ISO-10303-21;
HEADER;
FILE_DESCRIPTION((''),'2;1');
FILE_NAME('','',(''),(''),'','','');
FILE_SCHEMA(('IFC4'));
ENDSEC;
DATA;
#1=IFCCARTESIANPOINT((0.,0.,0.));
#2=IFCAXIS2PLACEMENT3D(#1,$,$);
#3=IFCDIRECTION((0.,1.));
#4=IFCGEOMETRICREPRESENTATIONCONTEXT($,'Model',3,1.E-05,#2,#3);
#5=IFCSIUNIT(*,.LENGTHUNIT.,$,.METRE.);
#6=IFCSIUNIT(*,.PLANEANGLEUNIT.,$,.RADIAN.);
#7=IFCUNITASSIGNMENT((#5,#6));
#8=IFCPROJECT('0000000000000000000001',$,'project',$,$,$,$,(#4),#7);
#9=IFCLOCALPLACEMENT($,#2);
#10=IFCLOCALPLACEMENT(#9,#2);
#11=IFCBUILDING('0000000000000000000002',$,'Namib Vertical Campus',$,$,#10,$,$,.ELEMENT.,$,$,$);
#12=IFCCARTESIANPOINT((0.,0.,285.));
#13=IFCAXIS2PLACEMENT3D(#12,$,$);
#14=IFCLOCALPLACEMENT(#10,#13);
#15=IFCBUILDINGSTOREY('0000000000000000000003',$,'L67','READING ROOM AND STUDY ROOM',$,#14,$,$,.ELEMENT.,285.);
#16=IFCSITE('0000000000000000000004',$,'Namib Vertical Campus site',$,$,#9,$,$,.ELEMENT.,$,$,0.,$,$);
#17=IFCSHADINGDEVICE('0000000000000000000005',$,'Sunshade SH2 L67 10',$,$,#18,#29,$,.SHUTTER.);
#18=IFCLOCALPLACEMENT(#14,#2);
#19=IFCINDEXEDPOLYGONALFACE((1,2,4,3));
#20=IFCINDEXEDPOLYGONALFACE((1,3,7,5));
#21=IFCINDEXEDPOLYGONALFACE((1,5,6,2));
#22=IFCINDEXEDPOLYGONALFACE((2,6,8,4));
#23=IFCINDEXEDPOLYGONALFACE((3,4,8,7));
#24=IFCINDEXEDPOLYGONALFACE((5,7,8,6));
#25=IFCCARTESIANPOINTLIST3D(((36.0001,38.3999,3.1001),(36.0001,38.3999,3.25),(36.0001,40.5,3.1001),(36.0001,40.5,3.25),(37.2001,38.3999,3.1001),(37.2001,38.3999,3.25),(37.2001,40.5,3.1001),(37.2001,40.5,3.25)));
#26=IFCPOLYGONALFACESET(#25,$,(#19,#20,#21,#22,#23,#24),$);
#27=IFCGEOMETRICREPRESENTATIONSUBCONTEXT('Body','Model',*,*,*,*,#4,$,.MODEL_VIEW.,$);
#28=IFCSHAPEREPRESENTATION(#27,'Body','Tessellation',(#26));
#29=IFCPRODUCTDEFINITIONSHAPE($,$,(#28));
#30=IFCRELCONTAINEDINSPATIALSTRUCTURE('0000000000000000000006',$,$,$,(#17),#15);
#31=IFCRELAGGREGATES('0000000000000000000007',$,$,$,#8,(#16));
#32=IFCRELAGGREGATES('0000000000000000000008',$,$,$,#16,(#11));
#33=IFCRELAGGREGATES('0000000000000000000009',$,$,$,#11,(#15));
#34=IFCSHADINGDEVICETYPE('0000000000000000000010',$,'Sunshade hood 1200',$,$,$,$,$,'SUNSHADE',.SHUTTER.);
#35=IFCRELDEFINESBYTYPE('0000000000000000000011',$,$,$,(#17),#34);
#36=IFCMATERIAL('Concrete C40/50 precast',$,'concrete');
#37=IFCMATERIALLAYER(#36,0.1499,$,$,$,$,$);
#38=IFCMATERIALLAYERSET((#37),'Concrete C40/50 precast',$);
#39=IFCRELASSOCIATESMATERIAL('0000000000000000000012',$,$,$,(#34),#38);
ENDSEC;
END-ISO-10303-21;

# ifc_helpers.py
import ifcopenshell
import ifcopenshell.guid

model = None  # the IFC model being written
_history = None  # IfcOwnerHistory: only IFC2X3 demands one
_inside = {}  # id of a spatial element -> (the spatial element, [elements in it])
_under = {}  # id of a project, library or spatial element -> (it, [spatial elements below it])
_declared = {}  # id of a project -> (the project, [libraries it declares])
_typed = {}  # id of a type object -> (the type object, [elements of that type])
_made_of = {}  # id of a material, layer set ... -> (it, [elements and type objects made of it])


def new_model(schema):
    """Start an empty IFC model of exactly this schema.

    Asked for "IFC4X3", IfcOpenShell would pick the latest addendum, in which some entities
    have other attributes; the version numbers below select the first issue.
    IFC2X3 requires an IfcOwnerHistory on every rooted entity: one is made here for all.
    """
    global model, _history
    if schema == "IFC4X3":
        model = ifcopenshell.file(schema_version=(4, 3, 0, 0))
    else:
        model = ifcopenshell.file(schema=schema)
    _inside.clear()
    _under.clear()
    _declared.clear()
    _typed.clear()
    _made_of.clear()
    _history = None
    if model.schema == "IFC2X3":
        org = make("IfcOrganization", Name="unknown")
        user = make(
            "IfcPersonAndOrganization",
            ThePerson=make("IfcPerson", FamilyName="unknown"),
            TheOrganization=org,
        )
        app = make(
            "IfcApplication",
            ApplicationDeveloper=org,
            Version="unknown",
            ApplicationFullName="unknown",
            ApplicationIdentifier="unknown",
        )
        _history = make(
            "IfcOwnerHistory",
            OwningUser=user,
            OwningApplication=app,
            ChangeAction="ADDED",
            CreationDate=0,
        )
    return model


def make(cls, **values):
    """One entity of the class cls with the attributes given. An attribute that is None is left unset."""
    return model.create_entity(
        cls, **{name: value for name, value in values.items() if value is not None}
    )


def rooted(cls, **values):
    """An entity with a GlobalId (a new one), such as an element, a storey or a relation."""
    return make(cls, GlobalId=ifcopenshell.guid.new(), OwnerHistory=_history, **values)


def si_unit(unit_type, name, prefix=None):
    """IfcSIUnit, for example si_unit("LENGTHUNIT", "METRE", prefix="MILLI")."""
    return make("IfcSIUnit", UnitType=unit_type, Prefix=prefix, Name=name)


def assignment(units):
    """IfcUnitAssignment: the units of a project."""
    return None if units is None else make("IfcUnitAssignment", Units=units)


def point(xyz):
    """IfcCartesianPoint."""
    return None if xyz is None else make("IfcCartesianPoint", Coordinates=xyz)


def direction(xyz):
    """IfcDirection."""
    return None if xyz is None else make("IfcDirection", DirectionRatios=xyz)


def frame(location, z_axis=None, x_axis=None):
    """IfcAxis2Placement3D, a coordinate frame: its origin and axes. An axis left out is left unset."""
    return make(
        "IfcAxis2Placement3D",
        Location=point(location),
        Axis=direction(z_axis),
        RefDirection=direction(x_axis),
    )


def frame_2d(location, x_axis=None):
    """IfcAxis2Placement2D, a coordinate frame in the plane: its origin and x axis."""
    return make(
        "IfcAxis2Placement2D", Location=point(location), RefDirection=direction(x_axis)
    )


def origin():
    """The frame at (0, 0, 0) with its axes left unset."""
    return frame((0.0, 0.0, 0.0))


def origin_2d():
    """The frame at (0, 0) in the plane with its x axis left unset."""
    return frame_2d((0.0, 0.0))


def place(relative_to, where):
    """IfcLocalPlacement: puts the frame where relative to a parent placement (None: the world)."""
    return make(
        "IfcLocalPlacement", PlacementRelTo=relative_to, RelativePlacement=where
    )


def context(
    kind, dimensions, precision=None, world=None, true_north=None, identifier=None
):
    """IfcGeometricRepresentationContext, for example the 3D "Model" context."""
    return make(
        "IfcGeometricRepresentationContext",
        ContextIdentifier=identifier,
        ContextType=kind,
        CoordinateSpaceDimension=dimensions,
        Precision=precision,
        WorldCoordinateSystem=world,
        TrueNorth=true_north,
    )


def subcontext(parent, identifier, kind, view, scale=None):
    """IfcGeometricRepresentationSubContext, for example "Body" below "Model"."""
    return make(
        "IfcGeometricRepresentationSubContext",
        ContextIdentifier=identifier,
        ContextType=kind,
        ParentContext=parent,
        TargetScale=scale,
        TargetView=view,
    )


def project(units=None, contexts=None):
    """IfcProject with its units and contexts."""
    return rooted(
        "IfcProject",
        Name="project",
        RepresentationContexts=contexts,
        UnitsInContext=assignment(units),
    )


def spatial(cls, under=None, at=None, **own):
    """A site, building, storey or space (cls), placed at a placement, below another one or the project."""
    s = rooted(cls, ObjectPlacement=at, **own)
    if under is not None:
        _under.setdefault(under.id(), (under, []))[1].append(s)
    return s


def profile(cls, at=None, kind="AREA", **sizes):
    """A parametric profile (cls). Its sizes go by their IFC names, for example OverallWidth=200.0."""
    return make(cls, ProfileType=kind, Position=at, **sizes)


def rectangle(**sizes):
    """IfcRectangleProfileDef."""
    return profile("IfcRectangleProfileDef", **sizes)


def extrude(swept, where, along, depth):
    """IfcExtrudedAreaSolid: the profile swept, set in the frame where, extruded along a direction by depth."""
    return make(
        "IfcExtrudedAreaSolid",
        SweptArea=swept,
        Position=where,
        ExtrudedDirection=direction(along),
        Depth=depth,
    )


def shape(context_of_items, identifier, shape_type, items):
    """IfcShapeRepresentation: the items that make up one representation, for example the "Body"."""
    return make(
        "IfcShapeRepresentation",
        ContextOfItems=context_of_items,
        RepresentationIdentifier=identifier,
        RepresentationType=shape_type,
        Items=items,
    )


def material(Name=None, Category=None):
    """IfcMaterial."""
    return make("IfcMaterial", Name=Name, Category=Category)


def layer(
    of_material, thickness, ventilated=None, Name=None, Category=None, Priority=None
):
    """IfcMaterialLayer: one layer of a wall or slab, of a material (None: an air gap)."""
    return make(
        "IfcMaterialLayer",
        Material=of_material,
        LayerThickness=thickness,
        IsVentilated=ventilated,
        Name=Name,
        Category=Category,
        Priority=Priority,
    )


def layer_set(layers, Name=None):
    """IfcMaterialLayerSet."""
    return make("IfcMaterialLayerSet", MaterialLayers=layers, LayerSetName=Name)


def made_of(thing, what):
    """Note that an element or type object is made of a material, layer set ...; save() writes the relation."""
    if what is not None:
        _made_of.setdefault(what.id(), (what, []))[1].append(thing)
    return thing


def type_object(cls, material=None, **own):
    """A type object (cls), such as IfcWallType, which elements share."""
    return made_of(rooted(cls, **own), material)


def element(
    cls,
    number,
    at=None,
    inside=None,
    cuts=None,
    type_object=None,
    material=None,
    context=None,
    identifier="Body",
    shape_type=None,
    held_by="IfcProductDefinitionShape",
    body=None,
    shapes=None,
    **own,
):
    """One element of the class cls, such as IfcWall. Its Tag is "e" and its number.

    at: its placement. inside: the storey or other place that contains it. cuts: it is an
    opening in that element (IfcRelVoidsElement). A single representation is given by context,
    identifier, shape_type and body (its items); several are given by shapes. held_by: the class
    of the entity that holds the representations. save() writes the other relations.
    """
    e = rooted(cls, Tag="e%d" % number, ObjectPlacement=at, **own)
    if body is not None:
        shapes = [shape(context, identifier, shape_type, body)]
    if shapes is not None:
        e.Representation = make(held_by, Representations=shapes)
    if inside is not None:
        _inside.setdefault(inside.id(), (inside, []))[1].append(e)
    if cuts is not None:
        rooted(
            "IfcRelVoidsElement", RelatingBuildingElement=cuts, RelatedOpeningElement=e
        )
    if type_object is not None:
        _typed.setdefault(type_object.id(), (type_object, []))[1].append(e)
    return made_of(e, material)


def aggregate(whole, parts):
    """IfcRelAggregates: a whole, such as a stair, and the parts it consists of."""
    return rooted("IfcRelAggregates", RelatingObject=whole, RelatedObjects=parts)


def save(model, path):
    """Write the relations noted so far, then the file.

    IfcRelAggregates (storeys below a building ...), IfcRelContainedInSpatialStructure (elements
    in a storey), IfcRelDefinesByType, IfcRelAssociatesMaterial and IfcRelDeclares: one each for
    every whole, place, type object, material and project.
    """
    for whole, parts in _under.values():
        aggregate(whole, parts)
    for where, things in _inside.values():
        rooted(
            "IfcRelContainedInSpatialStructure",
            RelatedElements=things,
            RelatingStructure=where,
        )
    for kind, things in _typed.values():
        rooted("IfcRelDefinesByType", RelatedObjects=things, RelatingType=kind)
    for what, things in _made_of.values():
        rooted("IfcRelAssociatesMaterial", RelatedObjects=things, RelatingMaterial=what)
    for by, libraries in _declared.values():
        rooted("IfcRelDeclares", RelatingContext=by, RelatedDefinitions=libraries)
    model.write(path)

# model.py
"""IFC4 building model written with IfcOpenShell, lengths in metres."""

from ifc_helpers import new_model, si_unit, direction, frame, origin, origin_2d, place, context, subcontext, project, spatial, rectangle, extrude, material, layer, layer_set, type_object, element, save


model = new_model("IFC4")

# Units and contexts
model_context = context("Model", 3, precision=1e-05, world=origin(), true_north=direction((0.0, 1.0)))
body_context = subcontext(model_context, "Body", "Model", "MODEL_VIEW")
ifc_project = project(units=[si_unit("LENGTHUNIT", "METRE"), si_unit("PLANEANGLEUNIT", "RADIAN")], contexts=[model_context])

# Site, building, storey
site_placement = place(None, origin())
site = spatial("IfcSite", under=ifc_project, at=site_placement, Name="Namib Vertical Campus site", CompositionType="ELEMENT", RefElevation=0.0)
building_placement = place(site_placement, origin())
building = spatial("IfcBuilding", under=site, at=building_placement, Name="Namib Vertical Campus", CompositionType="ELEMENT")
storey_placement = place(building_placement, frame((0.0, 0.0, 285.0)))
storey = spatial("IfcBuildingStorey", under=building, at=storey_placement, Name="L67", Description="READING ROOM AND STUDY ROOM", CompositionType="ELEMENT", Elevation=285.0)

# Shading device
ifc_material_1 = material(Name="Concrete C40/50 precast", Category="concrete")
ifc_layer_1 = layer(ifc_material_1, 0.1499)
ifc_layer_set_1 = layer_set([ifc_layer_1], Name="Concrete C40/50 precast")
shading_device_type = type_object("IfcShadingDeviceType", Name="Sunshade hood 1200", ElementType="SUNSHADE", PredefinedType="SHUTTER", material=ifc_layer_set_1)
for number, where, z_axis, x_axis, name in (
    (1, (36.6001, 39.45, 3.1001), (0.0, 0.0, 1.0), (0.0, 1.0, 0.0), "Sunshade SH2 L67 10"),
):
    element("IfcShadingDevice", number, at=place(storey_placement, frame(where, z_axis=z_axis, x_axis=x_axis)), inside=storey, type_object=shading_device_type, Name=name, PredefinedType="SHUTTER", context=body_context, shape_type="SweptSolid", body=[
        extrude(rectangle(XDim=2.1001, YDim=1.2, at=origin_2d()), origin(), (0.0, 0.0, 1.0), 0.1499),
    ])

save(model, "model.ifc")
